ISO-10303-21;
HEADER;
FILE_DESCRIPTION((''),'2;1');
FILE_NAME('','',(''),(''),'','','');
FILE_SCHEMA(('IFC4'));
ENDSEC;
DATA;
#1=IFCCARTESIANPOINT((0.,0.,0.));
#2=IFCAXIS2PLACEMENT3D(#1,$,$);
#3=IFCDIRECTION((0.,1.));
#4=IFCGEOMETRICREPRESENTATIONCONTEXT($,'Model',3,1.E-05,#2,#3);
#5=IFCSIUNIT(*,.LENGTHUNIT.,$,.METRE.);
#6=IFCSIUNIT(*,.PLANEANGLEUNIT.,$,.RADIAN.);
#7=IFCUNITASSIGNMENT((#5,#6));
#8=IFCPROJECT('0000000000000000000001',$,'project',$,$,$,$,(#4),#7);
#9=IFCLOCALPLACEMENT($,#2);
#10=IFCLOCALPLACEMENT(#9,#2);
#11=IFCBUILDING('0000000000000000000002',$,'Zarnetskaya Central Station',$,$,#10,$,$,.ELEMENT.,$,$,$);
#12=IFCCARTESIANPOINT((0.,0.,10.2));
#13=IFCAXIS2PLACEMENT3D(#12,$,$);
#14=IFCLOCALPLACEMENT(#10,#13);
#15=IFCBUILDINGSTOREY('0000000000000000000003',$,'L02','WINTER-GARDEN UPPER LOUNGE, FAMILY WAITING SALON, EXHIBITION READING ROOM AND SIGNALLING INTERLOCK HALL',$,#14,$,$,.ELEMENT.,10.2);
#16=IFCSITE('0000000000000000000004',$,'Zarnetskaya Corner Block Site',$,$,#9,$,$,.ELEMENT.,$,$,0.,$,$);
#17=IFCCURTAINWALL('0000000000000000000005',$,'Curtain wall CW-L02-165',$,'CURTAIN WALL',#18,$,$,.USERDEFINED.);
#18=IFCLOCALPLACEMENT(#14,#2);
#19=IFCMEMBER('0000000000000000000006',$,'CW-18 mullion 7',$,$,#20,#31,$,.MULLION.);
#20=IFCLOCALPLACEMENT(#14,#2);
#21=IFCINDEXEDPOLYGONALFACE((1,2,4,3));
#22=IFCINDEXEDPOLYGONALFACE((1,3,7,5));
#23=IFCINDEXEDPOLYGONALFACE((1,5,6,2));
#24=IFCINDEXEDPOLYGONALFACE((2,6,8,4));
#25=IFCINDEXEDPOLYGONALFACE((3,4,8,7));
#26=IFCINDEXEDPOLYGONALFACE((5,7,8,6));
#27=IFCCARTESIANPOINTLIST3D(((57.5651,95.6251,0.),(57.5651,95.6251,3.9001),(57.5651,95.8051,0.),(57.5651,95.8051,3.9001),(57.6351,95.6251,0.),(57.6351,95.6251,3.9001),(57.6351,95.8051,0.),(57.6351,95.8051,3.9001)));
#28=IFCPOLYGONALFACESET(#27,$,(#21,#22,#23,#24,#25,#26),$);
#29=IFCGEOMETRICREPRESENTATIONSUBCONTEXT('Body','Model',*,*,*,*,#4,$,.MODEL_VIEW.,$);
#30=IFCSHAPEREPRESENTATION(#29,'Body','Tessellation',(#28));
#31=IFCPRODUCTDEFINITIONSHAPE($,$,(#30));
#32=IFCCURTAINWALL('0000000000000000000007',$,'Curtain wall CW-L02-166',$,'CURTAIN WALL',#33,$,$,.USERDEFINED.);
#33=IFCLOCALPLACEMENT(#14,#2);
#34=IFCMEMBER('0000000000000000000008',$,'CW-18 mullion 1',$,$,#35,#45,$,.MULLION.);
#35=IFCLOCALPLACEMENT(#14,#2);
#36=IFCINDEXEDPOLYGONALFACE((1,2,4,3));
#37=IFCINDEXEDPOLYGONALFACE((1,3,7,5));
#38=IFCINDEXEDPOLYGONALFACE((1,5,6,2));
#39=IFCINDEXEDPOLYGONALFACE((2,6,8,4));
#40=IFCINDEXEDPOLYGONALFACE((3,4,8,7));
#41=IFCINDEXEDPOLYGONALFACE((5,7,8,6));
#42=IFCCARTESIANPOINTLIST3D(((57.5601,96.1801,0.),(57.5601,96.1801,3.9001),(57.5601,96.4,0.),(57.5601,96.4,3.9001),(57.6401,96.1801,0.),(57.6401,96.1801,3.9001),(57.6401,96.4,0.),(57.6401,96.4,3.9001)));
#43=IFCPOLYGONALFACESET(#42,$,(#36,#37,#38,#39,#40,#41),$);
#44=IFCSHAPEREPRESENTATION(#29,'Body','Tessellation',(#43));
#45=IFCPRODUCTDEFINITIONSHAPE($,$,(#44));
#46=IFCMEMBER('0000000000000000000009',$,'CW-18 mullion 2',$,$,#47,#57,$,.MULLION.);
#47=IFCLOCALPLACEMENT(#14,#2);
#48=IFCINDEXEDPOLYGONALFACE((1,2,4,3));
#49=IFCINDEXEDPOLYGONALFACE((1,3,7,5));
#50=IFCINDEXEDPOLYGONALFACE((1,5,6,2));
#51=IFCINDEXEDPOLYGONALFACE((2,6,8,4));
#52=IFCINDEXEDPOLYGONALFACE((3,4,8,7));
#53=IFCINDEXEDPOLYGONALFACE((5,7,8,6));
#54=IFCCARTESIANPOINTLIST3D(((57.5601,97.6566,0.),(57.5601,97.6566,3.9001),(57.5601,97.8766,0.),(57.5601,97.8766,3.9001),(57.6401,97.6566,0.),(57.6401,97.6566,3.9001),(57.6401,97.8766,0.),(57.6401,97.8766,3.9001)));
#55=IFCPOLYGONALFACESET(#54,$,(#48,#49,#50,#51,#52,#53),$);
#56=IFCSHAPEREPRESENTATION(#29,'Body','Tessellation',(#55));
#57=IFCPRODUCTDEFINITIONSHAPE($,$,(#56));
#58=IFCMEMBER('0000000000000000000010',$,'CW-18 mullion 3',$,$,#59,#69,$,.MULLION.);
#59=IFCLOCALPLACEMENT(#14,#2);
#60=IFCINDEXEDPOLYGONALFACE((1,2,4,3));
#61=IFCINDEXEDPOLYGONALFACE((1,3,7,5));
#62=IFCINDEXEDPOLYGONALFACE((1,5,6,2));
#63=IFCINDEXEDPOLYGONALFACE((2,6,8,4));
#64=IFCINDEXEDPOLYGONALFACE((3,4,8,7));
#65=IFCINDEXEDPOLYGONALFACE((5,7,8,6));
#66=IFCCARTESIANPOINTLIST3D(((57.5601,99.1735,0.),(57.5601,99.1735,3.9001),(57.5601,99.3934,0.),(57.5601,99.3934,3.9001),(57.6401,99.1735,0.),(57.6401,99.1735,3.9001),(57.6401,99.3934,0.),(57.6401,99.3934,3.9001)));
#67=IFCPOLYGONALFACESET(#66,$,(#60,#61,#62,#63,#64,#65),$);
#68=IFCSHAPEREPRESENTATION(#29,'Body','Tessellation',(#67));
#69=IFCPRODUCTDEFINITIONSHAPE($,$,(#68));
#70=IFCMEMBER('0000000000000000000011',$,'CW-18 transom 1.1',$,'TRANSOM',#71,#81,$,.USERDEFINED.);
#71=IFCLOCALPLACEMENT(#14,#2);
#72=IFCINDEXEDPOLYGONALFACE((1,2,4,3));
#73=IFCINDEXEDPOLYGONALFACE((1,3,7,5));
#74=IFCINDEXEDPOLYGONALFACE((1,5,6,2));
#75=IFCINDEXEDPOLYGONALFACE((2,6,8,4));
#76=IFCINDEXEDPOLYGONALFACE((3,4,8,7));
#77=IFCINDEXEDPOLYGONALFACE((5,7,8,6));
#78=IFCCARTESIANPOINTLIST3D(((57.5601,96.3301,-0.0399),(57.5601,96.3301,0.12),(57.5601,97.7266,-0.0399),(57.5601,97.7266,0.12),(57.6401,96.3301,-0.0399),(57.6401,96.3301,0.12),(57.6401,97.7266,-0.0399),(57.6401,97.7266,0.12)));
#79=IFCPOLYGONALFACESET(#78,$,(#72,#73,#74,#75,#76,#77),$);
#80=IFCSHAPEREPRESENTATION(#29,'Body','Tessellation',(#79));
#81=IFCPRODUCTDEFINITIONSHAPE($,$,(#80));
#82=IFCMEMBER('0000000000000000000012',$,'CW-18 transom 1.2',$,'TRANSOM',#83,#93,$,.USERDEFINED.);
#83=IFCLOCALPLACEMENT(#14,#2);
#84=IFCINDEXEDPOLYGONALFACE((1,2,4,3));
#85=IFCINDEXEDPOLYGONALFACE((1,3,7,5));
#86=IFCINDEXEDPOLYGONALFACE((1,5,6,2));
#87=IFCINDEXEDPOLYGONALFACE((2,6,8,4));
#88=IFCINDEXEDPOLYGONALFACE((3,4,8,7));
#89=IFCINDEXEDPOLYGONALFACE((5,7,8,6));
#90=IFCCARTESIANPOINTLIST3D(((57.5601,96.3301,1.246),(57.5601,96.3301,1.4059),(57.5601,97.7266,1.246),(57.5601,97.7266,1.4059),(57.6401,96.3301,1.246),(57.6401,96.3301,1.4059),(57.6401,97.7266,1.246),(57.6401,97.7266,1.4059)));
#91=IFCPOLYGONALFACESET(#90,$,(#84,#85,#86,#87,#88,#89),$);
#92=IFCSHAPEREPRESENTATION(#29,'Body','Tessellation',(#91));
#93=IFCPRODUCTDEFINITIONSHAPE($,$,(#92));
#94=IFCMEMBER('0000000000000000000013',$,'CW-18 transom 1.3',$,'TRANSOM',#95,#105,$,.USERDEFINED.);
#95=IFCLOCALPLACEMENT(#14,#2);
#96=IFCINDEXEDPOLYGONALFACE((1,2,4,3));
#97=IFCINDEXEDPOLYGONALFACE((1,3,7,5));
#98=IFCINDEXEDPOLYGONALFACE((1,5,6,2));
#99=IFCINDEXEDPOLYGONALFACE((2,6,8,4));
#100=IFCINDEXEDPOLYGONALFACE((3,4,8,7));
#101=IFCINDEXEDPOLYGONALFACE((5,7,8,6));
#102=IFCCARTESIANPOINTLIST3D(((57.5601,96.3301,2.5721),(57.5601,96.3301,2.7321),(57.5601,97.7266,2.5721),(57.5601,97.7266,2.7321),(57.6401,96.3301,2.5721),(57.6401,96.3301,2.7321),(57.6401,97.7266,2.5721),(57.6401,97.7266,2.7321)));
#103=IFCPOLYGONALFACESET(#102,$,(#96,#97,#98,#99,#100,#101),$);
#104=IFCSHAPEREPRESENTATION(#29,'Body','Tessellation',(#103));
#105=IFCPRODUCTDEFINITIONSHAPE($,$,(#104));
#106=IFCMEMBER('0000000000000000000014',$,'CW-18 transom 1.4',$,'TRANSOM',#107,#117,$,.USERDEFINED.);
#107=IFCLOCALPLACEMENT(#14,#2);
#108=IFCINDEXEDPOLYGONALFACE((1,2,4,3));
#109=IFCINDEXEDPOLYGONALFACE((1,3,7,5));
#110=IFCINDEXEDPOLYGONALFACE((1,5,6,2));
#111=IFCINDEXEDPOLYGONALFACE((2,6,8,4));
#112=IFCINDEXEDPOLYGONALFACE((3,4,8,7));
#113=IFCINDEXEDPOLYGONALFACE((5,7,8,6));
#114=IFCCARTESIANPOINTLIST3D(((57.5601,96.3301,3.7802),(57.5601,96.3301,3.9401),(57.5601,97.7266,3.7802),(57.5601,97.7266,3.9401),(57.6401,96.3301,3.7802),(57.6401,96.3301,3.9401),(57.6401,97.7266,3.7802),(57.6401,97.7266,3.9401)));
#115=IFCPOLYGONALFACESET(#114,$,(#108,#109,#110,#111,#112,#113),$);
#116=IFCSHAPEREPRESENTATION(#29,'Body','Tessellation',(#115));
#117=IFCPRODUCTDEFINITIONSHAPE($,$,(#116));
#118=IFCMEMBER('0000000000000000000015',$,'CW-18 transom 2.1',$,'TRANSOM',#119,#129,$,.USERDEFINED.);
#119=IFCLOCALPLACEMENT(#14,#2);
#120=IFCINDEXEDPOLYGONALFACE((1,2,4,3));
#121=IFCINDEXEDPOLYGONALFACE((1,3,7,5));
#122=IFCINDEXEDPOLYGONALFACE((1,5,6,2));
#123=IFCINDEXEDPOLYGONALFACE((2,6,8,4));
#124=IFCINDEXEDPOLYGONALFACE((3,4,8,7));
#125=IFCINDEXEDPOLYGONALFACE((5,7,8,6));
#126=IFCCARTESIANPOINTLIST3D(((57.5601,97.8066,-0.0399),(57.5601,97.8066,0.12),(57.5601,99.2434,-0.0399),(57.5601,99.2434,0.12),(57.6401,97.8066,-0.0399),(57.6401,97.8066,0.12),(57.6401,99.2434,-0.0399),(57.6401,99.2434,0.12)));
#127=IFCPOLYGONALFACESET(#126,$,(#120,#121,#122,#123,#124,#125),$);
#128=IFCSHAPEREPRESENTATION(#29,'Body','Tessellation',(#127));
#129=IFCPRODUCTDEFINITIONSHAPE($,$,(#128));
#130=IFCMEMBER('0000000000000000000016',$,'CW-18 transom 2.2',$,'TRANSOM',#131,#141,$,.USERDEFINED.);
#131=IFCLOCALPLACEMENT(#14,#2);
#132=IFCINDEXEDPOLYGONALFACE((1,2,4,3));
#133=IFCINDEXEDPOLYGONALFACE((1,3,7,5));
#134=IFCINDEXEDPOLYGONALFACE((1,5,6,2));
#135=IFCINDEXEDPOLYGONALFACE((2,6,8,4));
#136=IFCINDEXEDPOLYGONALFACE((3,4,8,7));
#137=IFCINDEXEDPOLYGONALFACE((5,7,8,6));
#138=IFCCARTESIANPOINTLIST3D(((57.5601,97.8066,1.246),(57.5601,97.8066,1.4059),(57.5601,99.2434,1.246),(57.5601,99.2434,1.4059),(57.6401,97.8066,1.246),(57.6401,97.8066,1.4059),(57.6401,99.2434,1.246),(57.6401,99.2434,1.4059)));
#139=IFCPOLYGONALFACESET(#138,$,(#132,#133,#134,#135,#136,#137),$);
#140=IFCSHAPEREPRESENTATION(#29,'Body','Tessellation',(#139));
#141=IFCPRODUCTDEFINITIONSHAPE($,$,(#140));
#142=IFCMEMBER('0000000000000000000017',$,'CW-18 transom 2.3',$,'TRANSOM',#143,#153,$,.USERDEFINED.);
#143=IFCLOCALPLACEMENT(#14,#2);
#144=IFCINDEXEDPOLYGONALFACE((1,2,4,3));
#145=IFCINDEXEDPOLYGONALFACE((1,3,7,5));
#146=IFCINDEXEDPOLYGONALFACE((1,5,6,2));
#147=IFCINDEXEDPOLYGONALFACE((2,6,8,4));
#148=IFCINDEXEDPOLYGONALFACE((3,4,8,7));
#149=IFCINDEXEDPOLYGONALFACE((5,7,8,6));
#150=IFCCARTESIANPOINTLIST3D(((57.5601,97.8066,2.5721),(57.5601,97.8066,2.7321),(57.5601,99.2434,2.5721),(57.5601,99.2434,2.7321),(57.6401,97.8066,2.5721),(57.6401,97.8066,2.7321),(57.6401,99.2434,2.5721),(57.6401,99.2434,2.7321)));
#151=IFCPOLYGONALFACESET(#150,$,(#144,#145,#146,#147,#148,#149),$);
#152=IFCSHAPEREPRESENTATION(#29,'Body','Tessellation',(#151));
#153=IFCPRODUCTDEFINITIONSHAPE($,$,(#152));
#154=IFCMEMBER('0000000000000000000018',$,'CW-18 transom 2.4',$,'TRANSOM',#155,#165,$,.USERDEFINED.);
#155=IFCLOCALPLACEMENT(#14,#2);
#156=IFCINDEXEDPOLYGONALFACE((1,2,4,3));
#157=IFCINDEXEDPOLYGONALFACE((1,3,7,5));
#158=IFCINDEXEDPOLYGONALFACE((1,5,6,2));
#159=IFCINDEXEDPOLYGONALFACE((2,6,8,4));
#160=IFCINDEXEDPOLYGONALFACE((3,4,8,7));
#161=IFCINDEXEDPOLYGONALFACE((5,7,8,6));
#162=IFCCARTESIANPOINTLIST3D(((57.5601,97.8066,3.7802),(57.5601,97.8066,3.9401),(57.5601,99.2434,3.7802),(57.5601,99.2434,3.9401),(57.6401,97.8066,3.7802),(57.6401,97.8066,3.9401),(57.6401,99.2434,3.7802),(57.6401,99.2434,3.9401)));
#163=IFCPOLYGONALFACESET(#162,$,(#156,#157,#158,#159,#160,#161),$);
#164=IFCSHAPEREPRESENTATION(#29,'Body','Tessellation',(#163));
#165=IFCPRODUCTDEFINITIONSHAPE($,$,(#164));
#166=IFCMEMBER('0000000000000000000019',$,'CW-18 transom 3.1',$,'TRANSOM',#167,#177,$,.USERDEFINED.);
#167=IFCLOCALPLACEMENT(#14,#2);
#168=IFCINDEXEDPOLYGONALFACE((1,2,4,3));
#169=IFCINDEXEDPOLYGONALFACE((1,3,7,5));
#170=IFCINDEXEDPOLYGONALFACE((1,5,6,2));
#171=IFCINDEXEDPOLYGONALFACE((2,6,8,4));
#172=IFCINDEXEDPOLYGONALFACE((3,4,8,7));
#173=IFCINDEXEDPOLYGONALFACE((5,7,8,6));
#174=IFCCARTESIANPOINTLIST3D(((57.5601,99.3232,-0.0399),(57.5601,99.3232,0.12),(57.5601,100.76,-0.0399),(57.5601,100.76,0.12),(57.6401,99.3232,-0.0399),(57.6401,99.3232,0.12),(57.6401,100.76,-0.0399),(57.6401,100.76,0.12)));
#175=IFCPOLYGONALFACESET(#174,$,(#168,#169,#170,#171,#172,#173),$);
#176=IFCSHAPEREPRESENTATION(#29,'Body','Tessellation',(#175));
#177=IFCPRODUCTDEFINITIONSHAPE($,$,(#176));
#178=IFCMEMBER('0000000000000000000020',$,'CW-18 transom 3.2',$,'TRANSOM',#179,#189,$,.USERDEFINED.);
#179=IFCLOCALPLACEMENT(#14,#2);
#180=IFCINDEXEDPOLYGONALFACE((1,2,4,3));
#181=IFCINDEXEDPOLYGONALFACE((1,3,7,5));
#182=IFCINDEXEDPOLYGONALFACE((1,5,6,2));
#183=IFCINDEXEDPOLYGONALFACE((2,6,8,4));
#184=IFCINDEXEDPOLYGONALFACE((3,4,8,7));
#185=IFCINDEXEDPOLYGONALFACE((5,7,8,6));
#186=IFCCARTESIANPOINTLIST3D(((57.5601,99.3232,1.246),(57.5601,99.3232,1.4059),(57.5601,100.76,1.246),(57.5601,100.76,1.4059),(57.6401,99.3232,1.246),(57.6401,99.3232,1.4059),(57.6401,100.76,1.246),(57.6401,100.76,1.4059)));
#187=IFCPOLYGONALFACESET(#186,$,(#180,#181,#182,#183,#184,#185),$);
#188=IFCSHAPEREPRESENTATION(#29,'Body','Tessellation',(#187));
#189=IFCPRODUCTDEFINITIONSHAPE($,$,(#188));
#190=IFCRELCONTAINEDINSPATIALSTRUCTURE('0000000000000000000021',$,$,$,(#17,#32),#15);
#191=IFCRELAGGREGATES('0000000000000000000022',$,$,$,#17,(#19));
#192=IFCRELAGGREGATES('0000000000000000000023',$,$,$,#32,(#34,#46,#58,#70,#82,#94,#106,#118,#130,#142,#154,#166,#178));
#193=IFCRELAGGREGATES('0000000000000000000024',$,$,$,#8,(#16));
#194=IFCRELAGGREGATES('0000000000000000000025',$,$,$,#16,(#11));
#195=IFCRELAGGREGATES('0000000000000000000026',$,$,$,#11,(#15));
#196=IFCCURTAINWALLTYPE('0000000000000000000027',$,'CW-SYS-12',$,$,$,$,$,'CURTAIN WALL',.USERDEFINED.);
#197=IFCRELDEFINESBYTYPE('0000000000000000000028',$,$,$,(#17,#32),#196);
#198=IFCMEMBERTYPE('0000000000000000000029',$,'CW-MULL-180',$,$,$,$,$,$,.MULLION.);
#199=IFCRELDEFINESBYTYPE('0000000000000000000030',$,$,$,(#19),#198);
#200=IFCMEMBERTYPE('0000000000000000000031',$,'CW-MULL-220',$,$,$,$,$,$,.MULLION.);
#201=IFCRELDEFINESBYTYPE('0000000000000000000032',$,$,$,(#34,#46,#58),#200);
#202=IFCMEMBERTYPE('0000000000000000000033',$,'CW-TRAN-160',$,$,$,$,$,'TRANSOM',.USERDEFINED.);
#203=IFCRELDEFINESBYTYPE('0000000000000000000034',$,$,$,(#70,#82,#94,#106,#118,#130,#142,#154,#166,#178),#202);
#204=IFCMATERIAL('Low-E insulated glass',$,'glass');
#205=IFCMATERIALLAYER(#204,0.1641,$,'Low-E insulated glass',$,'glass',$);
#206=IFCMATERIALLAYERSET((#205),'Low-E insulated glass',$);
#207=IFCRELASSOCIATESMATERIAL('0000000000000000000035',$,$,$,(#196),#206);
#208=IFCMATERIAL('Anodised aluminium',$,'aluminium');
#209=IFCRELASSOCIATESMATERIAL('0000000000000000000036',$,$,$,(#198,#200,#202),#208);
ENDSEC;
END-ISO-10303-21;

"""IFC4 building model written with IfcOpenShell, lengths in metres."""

from ifc_helpers import new_model, si_unit, direction, frame, origin, origin_2d, place, context, subcontext, project, spatial, rectangle, extrude, material, layer, layer_set, material_profile, profile_set, type_object, element, aggregate, save


model = new_model("IFC4")

# Units and contexts
model_context = context("Model", 3, precision=1e-05, world=origin(), true_north=direction((0.0, 1.0)))
body_context = subcontext(model_context, "Body", "Model", "MODEL_VIEW")
ifc_project = project(units=[si_unit("LENGTHUNIT", "METRE"), si_unit("PLANEANGLEUNIT", "RADIAN")], contexts=[model_context])

# Site, building, storey
site_placement = place(None, origin())
site = spatial("IfcSite", under=ifc_project, at=site_placement, Name="Zarnetskaya Corner Block Site", CompositionType="ELEMENT", RefElevation=0.0)
building_placement = place(site_placement, origin())
building = spatial("IfcBuilding", under=site, at=building_placement, Name="Zarnetskaya Central Station", CompositionType="ELEMENT")
storey_placement = place(building_placement, frame((0.0, 0.0, 10.2)))
storey = spatial("IfcBuildingStorey", under=building, at=storey_placement, Name="L02", Description="WINTER-GARDEN UPPER LOUNGE, FAMILY WAITING SALON, EXHIBITION READING ROOM AND SIGNALLING INTERLOCK HALL", CompositionType="ELEMENT", Elevation=10.2)

# Curtain wall, member
ifc_material_1 = material(Name="Low-E insulated glass", Category="glass")
ifc_layer_1 = layer(ifc_material_1, 0.1641, Name="Low-E insulated glass", Category="glass")
ifc_layer_set_1 = layer_set([ifc_layer_1], Name="Low-E insulated glass")
curtain_wall_type = type_object("IfcCurtainWallType", Name="CW-SYS-12", ElementType="CURTAIN WALL", PredefinedType="USERDEFINED", material=ifc_layer_set_1)
curtain_wall_1_placement = place(storey_placement, origin())
curtain_wall_1 = element("IfcCurtainWall", 1, at=curtain_wall_1_placement, inside=storey, type_object=curtain_wall_type, Name="Curtain wall CW-L02-165", ObjectType="CURTAIN WALL", PredefinedType="USERDEFINED")
ifc_material_2 = material(Name="Anodised aluminium", Category="aluminium")
ifc_material_profile_1 = material_profile(ifc_material_2, rectangle(XDim=0.0701, YDim=0.1799, at=origin_2d()), Name="ALU MULL 70x180")
ifc_profile_set_1 = profile_set([ifc_material_profile_1], Name="Anodised aluminium")
member_type_1 = type_object("IfcMemberType", Name="CW-MULL-180", PredefinedType="MULLION", material=ifc_profile_set_1)
member_1_placement = place(storey_placement, frame((57.6001, 95.7151, 0.0), z_axis=(0.0, 0.0, 1.0), x_axis=(-1.0, 0.0, 0.0)))
member_1 = element("IfcMember", 2, at=member_1_placement, type_object=member_type_1, Name="CW-18 mullion 7", PredefinedType="MULLION", context=body_context, shape_type="SweptSolid", body=[
    extrude(rectangle(XDim=0.0701, YDim=0.1799, at=origin_2d()), origin(), (0.0, 0.0, 1.0), 3.9001),
])
aggregate(curtain_wall_1, [member_1])

# Curtain wall, members
curtain_wall_2_placement = place(storey_placement, origin())
curtain_wall_2 = element("IfcCurtainWall", 3, at=curtain_wall_2_placement, inside=storey, type_object=curtain_wall_type, Name="Curtain wall CW-L02-166", ObjectType="CURTAIN WALL", PredefinedType="USERDEFINED")
ifc_material_profile_2 = material_profile(ifc_material_2, rectangle(XDim=0.0801, YDim=0.22, at=origin_2d()), Name="ALU MULL 80x220")
ifc_profile_set_2 = profile_set([ifc_material_profile_2], Name="Anodised aluminium")
member_type_2 = type_object("IfcMemberType", Name="CW-MULL-220", PredefinedType="MULLION", material=ifc_profile_set_2)
member_2_placement = place(storey_placement, frame((57.6001, 96.29, 0.0), z_axis=(0.0, 0.0, 1.0), x_axis=(-1.0, 0.0, 0.0)))
member_2 = element("IfcMember", 4, at=member_2_placement, type_object=member_type_2, Name="CW-18 mullion 1", PredefinedType="MULLION", context=body_context, shape_type="SweptSolid", body=[
    extrude(rectangle(XDim=0.0801, YDim=0.22, at=origin_2d()), origin(), (0.0, 0.0, 1.0), 3.9001),
])
member_3_placement = place(storey_placement, frame((57.6001, 97.7666, 0.0), z_axis=(0.0, 0.0, 1.0), x_axis=(-1.0, 0.0, 0.0)))
member_3 = element("IfcMember", 5, at=member_3_placement, type_object=member_type_2, Name="CW-18 mullion 2", PredefinedType="MULLION", context=body_context, shape_type="SweptSolid", body=[
    extrude(rectangle(XDim=0.0801, YDim=0.22, at=origin_2d()), origin(), (0.0, 0.0, 1.0), 3.9001),
])
member_4_placement = place(storey_placement, frame((57.6001, 99.2834, 0.0), z_axis=(0.0, 0.0, 1.0), x_axis=(-1.0, 0.0, 0.0)))
member_4 = element("IfcMember", 6, at=member_4_placement, type_object=member_type_2, Name="CW-18 mullion 3", PredefinedType="MULLION", context=body_context, shape_type="SweptSolid", body=[
    extrude(rectangle(XDim=0.0801, YDim=0.22, at=origin_2d()), origin(), (0.0, 0.0, 1.0), 3.9001),
])
ifc_material_profile_3 = material_profile(ifc_material_2, rectangle(XDim=0.0801, YDim=0.1599, at=origin_2d()), Name="ALU TRAN 80x160")
ifc_profile_set_3 = profile_set([ifc_material_profile_3], Name="Anodised aluminium")
member_type_3 = type_object("IfcMemberType", Name="CW-TRAN-160", ElementType="TRANSOM", PredefinedType="USERDEFINED", material=ifc_profile_set_3)
member_5_placement = place(storey_placement, frame((57.6001, 96.3301, 0.04), z_axis=(0.0, 1.0, 0.0), x_axis=(-1.0, 0.0, 0.0)))
member_5 = element("IfcMember", 7, at=member_5_placement, type_object=member_type_3, Name="CW-18 transom 1.1", ObjectType="TRANSOM", PredefinedType="USERDEFINED", context=body_context, shape_type="SweptSolid", body=[
    extrude(rectangle(XDim=0.0801, YDim=0.1599, at=origin_2d()), origin(), (0.0, 0.0, 1.0), 1.3965),
])
member_6_placement = place(storey_placement, frame((57.6001, 96.3301, 1.3259), z_axis=(0.0, 1.0, 0.0), x_axis=(-1.0, 0.0, 0.0)))
member_6 = element("IfcMember", 8, at=member_6_placement, type_object=member_type_3, Name="CW-18 transom 1.2", ObjectType="TRANSOM", PredefinedType="USERDEFINED", context=body_context, shape_type="SweptSolid", body=[
    extrude(rectangle(XDim=0.0801, YDim=0.1599, at=origin_2d()), origin(), (0.0, 0.0, 1.0), 1.3965),
])
member_7_placement = place(storey_placement, frame((57.6001, 96.3301, 2.6521), z_axis=(0.0, 1.0, 0.0), x_axis=(-1.0, 0.0, 0.0)))
member_7 = element("IfcMember", 9, at=member_7_placement, type_object=member_type_3, Name="CW-18 transom 1.3", ObjectType="TRANSOM", PredefinedType="USERDEFINED", context=body_context, shape_type="SweptSolid", body=[
    extrude(rectangle(XDim=0.0801, YDim=0.1599, at=origin_2d()), origin(), (0.0, 0.0, 1.0), 1.3965),
])
member_8_placement = place(storey_placement, frame((57.6001, 96.3301, 3.8601), z_axis=(0.0, 1.0, 0.0), x_axis=(-1.0, 0.0, 0.0)))
member_8 = element("IfcMember", 10, at=member_8_placement, type_object=member_type_3, Name="CW-18 transom 1.4", ObjectType="TRANSOM", PredefinedType="USERDEFINED", context=body_context, shape_type="SweptSolid", body=[
    extrude(rectangle(XDim=0.0801, YDim=0.1599, at=origin_2d()), origin(), (0.0, 0.0, 1.0), 1.3965),
])
member_9_placement = place(storey_placement, frame((57.6001, 97.8066, 0.04), z_axis=(0.0, 1.0, 0.0), x_axis=(-1.0, 0.0, 0.0)))
member_9 = element("IfcMember", 11, at=member_9_placement, type_object=member_type_3, Name="CW-18 transom 2.1", ObjectType="TRANSOM", PredefinedType="USERDEFINED", context=body_context, shape_type="SweptSolid", body=[
    extrude(rectangle(XDim=0.0801, YDim=0.1599, at=origin_2d()), origin(), (0.0, 0.0, 1.0), 1.4368),
])
member_10_placement = place(storey_placement, frame((57.6001, 97.8066, 1.3259), z_axis=(0.0, 1.0, 0.0), x_axis=(-1.0, 0.0, 0.0)))
member_10 = element("IfcMember", 12, at=member_10_placement, type_object=member_type_3, Name="CW-18 transom 2.2", ObjectType="TRANSOM", PredefinedType="USERDEFINED", context=body_context, shape_type="SweptSolid", body=[
    extrude(rectangle(XDim=0.0801, YDim=0.1599, at=origin_2d()), origin(), (0.0, 0.0, 1.0), 1.4368),
])
member_11_placement = place(storey_placement, frame((57.6001, 97.8066, 2.6521), z_axis=(0.0, 1.0, 0.0), x_axis=(-1.0, 0.0, 0.0)))
member_11 = element("IfcMember", 13, at=member_11_placement, type_object=member_type_3, Name="CW-18 transom 2.3", ObjectType="TRANSOM", PredefinedType="USERDEFINED", context=body_context, shape_type="SweptSolid", body=[
    extrude(rectangle(XDim=0.0801, YDim=0.1599, at=origin_2d()), origin(), (0.0, 0.0, 1.0), 1.4368),
])
member_12_placement = place(storey_placement, frame((57.6001, 97.8066, 3.8601), z_axis=(0.0, 1.0, 0.0), x_axis=(-1.0, 0.0, 0.0)))
member_12 = element("IfcMember", 14, at=member_12_placement, type_object=member_type_3, Name="CW-18 transom 2.4", ObjectType="TRANSOM", PredefinedType="USERDEFINED", context=body_context, shape_type="SweptSolid", body=[
    extrude(rectangle(XDim=0.0801, YDim=0.1599, at=origin_2d()), origin(), (0.0, 0.0, 1.0), 1.4368),
])
member_13_placement = place(storey_placement, frame((57.6001, 99.3232, 0.04), z_axis=(0.0, 1.0, 0.0), x_axis=(-1.0, 0.0, 0.0)))
member_13 = element("IfcMember", 15, at=member_13_placement, type_object=member_type_3, Name="CW-18 transom 3.1", ObjectType="TRANSOM", PredefinedType="USERDEFINED", context=body_context, shape_type="SweptSolid", body=[
    extrude(rectangle(XDim=0.0801, YDim=0.1599, at=origin_2d()), origin(), (0.0, 0.0, 1.0), 1.4368),
])
member_14_placement = place(storey_placement, frame((57.6001, 99.3232, 1.3259), z_axis=(0.0, 1.0, 0.0), x_axis=(-1.0, 0.0, 0.0)))
member_14 = element("IfcMember", 16, at=member_14_placement, type_object=member_type_3, Name="CW-18 transom 3.2", ObjectType="TRANSOM", PredefinedType="USERDEFINED", context=body_context, shape_type="SweptSolid", body=[
    extrude(rectangle(XDim=0.0801, YDim=0.1599, at=origin_2d()), origin(), (0.0, 0.0, 1.0), 1.4368),
])
aggregate(curtain_wall_2, [member_2, member_3, member_4, member_5, member_6, member_7, member_8, member_9, member_10, member_11, member_12, member_13, member_14])

save(model, "model.ifc")
